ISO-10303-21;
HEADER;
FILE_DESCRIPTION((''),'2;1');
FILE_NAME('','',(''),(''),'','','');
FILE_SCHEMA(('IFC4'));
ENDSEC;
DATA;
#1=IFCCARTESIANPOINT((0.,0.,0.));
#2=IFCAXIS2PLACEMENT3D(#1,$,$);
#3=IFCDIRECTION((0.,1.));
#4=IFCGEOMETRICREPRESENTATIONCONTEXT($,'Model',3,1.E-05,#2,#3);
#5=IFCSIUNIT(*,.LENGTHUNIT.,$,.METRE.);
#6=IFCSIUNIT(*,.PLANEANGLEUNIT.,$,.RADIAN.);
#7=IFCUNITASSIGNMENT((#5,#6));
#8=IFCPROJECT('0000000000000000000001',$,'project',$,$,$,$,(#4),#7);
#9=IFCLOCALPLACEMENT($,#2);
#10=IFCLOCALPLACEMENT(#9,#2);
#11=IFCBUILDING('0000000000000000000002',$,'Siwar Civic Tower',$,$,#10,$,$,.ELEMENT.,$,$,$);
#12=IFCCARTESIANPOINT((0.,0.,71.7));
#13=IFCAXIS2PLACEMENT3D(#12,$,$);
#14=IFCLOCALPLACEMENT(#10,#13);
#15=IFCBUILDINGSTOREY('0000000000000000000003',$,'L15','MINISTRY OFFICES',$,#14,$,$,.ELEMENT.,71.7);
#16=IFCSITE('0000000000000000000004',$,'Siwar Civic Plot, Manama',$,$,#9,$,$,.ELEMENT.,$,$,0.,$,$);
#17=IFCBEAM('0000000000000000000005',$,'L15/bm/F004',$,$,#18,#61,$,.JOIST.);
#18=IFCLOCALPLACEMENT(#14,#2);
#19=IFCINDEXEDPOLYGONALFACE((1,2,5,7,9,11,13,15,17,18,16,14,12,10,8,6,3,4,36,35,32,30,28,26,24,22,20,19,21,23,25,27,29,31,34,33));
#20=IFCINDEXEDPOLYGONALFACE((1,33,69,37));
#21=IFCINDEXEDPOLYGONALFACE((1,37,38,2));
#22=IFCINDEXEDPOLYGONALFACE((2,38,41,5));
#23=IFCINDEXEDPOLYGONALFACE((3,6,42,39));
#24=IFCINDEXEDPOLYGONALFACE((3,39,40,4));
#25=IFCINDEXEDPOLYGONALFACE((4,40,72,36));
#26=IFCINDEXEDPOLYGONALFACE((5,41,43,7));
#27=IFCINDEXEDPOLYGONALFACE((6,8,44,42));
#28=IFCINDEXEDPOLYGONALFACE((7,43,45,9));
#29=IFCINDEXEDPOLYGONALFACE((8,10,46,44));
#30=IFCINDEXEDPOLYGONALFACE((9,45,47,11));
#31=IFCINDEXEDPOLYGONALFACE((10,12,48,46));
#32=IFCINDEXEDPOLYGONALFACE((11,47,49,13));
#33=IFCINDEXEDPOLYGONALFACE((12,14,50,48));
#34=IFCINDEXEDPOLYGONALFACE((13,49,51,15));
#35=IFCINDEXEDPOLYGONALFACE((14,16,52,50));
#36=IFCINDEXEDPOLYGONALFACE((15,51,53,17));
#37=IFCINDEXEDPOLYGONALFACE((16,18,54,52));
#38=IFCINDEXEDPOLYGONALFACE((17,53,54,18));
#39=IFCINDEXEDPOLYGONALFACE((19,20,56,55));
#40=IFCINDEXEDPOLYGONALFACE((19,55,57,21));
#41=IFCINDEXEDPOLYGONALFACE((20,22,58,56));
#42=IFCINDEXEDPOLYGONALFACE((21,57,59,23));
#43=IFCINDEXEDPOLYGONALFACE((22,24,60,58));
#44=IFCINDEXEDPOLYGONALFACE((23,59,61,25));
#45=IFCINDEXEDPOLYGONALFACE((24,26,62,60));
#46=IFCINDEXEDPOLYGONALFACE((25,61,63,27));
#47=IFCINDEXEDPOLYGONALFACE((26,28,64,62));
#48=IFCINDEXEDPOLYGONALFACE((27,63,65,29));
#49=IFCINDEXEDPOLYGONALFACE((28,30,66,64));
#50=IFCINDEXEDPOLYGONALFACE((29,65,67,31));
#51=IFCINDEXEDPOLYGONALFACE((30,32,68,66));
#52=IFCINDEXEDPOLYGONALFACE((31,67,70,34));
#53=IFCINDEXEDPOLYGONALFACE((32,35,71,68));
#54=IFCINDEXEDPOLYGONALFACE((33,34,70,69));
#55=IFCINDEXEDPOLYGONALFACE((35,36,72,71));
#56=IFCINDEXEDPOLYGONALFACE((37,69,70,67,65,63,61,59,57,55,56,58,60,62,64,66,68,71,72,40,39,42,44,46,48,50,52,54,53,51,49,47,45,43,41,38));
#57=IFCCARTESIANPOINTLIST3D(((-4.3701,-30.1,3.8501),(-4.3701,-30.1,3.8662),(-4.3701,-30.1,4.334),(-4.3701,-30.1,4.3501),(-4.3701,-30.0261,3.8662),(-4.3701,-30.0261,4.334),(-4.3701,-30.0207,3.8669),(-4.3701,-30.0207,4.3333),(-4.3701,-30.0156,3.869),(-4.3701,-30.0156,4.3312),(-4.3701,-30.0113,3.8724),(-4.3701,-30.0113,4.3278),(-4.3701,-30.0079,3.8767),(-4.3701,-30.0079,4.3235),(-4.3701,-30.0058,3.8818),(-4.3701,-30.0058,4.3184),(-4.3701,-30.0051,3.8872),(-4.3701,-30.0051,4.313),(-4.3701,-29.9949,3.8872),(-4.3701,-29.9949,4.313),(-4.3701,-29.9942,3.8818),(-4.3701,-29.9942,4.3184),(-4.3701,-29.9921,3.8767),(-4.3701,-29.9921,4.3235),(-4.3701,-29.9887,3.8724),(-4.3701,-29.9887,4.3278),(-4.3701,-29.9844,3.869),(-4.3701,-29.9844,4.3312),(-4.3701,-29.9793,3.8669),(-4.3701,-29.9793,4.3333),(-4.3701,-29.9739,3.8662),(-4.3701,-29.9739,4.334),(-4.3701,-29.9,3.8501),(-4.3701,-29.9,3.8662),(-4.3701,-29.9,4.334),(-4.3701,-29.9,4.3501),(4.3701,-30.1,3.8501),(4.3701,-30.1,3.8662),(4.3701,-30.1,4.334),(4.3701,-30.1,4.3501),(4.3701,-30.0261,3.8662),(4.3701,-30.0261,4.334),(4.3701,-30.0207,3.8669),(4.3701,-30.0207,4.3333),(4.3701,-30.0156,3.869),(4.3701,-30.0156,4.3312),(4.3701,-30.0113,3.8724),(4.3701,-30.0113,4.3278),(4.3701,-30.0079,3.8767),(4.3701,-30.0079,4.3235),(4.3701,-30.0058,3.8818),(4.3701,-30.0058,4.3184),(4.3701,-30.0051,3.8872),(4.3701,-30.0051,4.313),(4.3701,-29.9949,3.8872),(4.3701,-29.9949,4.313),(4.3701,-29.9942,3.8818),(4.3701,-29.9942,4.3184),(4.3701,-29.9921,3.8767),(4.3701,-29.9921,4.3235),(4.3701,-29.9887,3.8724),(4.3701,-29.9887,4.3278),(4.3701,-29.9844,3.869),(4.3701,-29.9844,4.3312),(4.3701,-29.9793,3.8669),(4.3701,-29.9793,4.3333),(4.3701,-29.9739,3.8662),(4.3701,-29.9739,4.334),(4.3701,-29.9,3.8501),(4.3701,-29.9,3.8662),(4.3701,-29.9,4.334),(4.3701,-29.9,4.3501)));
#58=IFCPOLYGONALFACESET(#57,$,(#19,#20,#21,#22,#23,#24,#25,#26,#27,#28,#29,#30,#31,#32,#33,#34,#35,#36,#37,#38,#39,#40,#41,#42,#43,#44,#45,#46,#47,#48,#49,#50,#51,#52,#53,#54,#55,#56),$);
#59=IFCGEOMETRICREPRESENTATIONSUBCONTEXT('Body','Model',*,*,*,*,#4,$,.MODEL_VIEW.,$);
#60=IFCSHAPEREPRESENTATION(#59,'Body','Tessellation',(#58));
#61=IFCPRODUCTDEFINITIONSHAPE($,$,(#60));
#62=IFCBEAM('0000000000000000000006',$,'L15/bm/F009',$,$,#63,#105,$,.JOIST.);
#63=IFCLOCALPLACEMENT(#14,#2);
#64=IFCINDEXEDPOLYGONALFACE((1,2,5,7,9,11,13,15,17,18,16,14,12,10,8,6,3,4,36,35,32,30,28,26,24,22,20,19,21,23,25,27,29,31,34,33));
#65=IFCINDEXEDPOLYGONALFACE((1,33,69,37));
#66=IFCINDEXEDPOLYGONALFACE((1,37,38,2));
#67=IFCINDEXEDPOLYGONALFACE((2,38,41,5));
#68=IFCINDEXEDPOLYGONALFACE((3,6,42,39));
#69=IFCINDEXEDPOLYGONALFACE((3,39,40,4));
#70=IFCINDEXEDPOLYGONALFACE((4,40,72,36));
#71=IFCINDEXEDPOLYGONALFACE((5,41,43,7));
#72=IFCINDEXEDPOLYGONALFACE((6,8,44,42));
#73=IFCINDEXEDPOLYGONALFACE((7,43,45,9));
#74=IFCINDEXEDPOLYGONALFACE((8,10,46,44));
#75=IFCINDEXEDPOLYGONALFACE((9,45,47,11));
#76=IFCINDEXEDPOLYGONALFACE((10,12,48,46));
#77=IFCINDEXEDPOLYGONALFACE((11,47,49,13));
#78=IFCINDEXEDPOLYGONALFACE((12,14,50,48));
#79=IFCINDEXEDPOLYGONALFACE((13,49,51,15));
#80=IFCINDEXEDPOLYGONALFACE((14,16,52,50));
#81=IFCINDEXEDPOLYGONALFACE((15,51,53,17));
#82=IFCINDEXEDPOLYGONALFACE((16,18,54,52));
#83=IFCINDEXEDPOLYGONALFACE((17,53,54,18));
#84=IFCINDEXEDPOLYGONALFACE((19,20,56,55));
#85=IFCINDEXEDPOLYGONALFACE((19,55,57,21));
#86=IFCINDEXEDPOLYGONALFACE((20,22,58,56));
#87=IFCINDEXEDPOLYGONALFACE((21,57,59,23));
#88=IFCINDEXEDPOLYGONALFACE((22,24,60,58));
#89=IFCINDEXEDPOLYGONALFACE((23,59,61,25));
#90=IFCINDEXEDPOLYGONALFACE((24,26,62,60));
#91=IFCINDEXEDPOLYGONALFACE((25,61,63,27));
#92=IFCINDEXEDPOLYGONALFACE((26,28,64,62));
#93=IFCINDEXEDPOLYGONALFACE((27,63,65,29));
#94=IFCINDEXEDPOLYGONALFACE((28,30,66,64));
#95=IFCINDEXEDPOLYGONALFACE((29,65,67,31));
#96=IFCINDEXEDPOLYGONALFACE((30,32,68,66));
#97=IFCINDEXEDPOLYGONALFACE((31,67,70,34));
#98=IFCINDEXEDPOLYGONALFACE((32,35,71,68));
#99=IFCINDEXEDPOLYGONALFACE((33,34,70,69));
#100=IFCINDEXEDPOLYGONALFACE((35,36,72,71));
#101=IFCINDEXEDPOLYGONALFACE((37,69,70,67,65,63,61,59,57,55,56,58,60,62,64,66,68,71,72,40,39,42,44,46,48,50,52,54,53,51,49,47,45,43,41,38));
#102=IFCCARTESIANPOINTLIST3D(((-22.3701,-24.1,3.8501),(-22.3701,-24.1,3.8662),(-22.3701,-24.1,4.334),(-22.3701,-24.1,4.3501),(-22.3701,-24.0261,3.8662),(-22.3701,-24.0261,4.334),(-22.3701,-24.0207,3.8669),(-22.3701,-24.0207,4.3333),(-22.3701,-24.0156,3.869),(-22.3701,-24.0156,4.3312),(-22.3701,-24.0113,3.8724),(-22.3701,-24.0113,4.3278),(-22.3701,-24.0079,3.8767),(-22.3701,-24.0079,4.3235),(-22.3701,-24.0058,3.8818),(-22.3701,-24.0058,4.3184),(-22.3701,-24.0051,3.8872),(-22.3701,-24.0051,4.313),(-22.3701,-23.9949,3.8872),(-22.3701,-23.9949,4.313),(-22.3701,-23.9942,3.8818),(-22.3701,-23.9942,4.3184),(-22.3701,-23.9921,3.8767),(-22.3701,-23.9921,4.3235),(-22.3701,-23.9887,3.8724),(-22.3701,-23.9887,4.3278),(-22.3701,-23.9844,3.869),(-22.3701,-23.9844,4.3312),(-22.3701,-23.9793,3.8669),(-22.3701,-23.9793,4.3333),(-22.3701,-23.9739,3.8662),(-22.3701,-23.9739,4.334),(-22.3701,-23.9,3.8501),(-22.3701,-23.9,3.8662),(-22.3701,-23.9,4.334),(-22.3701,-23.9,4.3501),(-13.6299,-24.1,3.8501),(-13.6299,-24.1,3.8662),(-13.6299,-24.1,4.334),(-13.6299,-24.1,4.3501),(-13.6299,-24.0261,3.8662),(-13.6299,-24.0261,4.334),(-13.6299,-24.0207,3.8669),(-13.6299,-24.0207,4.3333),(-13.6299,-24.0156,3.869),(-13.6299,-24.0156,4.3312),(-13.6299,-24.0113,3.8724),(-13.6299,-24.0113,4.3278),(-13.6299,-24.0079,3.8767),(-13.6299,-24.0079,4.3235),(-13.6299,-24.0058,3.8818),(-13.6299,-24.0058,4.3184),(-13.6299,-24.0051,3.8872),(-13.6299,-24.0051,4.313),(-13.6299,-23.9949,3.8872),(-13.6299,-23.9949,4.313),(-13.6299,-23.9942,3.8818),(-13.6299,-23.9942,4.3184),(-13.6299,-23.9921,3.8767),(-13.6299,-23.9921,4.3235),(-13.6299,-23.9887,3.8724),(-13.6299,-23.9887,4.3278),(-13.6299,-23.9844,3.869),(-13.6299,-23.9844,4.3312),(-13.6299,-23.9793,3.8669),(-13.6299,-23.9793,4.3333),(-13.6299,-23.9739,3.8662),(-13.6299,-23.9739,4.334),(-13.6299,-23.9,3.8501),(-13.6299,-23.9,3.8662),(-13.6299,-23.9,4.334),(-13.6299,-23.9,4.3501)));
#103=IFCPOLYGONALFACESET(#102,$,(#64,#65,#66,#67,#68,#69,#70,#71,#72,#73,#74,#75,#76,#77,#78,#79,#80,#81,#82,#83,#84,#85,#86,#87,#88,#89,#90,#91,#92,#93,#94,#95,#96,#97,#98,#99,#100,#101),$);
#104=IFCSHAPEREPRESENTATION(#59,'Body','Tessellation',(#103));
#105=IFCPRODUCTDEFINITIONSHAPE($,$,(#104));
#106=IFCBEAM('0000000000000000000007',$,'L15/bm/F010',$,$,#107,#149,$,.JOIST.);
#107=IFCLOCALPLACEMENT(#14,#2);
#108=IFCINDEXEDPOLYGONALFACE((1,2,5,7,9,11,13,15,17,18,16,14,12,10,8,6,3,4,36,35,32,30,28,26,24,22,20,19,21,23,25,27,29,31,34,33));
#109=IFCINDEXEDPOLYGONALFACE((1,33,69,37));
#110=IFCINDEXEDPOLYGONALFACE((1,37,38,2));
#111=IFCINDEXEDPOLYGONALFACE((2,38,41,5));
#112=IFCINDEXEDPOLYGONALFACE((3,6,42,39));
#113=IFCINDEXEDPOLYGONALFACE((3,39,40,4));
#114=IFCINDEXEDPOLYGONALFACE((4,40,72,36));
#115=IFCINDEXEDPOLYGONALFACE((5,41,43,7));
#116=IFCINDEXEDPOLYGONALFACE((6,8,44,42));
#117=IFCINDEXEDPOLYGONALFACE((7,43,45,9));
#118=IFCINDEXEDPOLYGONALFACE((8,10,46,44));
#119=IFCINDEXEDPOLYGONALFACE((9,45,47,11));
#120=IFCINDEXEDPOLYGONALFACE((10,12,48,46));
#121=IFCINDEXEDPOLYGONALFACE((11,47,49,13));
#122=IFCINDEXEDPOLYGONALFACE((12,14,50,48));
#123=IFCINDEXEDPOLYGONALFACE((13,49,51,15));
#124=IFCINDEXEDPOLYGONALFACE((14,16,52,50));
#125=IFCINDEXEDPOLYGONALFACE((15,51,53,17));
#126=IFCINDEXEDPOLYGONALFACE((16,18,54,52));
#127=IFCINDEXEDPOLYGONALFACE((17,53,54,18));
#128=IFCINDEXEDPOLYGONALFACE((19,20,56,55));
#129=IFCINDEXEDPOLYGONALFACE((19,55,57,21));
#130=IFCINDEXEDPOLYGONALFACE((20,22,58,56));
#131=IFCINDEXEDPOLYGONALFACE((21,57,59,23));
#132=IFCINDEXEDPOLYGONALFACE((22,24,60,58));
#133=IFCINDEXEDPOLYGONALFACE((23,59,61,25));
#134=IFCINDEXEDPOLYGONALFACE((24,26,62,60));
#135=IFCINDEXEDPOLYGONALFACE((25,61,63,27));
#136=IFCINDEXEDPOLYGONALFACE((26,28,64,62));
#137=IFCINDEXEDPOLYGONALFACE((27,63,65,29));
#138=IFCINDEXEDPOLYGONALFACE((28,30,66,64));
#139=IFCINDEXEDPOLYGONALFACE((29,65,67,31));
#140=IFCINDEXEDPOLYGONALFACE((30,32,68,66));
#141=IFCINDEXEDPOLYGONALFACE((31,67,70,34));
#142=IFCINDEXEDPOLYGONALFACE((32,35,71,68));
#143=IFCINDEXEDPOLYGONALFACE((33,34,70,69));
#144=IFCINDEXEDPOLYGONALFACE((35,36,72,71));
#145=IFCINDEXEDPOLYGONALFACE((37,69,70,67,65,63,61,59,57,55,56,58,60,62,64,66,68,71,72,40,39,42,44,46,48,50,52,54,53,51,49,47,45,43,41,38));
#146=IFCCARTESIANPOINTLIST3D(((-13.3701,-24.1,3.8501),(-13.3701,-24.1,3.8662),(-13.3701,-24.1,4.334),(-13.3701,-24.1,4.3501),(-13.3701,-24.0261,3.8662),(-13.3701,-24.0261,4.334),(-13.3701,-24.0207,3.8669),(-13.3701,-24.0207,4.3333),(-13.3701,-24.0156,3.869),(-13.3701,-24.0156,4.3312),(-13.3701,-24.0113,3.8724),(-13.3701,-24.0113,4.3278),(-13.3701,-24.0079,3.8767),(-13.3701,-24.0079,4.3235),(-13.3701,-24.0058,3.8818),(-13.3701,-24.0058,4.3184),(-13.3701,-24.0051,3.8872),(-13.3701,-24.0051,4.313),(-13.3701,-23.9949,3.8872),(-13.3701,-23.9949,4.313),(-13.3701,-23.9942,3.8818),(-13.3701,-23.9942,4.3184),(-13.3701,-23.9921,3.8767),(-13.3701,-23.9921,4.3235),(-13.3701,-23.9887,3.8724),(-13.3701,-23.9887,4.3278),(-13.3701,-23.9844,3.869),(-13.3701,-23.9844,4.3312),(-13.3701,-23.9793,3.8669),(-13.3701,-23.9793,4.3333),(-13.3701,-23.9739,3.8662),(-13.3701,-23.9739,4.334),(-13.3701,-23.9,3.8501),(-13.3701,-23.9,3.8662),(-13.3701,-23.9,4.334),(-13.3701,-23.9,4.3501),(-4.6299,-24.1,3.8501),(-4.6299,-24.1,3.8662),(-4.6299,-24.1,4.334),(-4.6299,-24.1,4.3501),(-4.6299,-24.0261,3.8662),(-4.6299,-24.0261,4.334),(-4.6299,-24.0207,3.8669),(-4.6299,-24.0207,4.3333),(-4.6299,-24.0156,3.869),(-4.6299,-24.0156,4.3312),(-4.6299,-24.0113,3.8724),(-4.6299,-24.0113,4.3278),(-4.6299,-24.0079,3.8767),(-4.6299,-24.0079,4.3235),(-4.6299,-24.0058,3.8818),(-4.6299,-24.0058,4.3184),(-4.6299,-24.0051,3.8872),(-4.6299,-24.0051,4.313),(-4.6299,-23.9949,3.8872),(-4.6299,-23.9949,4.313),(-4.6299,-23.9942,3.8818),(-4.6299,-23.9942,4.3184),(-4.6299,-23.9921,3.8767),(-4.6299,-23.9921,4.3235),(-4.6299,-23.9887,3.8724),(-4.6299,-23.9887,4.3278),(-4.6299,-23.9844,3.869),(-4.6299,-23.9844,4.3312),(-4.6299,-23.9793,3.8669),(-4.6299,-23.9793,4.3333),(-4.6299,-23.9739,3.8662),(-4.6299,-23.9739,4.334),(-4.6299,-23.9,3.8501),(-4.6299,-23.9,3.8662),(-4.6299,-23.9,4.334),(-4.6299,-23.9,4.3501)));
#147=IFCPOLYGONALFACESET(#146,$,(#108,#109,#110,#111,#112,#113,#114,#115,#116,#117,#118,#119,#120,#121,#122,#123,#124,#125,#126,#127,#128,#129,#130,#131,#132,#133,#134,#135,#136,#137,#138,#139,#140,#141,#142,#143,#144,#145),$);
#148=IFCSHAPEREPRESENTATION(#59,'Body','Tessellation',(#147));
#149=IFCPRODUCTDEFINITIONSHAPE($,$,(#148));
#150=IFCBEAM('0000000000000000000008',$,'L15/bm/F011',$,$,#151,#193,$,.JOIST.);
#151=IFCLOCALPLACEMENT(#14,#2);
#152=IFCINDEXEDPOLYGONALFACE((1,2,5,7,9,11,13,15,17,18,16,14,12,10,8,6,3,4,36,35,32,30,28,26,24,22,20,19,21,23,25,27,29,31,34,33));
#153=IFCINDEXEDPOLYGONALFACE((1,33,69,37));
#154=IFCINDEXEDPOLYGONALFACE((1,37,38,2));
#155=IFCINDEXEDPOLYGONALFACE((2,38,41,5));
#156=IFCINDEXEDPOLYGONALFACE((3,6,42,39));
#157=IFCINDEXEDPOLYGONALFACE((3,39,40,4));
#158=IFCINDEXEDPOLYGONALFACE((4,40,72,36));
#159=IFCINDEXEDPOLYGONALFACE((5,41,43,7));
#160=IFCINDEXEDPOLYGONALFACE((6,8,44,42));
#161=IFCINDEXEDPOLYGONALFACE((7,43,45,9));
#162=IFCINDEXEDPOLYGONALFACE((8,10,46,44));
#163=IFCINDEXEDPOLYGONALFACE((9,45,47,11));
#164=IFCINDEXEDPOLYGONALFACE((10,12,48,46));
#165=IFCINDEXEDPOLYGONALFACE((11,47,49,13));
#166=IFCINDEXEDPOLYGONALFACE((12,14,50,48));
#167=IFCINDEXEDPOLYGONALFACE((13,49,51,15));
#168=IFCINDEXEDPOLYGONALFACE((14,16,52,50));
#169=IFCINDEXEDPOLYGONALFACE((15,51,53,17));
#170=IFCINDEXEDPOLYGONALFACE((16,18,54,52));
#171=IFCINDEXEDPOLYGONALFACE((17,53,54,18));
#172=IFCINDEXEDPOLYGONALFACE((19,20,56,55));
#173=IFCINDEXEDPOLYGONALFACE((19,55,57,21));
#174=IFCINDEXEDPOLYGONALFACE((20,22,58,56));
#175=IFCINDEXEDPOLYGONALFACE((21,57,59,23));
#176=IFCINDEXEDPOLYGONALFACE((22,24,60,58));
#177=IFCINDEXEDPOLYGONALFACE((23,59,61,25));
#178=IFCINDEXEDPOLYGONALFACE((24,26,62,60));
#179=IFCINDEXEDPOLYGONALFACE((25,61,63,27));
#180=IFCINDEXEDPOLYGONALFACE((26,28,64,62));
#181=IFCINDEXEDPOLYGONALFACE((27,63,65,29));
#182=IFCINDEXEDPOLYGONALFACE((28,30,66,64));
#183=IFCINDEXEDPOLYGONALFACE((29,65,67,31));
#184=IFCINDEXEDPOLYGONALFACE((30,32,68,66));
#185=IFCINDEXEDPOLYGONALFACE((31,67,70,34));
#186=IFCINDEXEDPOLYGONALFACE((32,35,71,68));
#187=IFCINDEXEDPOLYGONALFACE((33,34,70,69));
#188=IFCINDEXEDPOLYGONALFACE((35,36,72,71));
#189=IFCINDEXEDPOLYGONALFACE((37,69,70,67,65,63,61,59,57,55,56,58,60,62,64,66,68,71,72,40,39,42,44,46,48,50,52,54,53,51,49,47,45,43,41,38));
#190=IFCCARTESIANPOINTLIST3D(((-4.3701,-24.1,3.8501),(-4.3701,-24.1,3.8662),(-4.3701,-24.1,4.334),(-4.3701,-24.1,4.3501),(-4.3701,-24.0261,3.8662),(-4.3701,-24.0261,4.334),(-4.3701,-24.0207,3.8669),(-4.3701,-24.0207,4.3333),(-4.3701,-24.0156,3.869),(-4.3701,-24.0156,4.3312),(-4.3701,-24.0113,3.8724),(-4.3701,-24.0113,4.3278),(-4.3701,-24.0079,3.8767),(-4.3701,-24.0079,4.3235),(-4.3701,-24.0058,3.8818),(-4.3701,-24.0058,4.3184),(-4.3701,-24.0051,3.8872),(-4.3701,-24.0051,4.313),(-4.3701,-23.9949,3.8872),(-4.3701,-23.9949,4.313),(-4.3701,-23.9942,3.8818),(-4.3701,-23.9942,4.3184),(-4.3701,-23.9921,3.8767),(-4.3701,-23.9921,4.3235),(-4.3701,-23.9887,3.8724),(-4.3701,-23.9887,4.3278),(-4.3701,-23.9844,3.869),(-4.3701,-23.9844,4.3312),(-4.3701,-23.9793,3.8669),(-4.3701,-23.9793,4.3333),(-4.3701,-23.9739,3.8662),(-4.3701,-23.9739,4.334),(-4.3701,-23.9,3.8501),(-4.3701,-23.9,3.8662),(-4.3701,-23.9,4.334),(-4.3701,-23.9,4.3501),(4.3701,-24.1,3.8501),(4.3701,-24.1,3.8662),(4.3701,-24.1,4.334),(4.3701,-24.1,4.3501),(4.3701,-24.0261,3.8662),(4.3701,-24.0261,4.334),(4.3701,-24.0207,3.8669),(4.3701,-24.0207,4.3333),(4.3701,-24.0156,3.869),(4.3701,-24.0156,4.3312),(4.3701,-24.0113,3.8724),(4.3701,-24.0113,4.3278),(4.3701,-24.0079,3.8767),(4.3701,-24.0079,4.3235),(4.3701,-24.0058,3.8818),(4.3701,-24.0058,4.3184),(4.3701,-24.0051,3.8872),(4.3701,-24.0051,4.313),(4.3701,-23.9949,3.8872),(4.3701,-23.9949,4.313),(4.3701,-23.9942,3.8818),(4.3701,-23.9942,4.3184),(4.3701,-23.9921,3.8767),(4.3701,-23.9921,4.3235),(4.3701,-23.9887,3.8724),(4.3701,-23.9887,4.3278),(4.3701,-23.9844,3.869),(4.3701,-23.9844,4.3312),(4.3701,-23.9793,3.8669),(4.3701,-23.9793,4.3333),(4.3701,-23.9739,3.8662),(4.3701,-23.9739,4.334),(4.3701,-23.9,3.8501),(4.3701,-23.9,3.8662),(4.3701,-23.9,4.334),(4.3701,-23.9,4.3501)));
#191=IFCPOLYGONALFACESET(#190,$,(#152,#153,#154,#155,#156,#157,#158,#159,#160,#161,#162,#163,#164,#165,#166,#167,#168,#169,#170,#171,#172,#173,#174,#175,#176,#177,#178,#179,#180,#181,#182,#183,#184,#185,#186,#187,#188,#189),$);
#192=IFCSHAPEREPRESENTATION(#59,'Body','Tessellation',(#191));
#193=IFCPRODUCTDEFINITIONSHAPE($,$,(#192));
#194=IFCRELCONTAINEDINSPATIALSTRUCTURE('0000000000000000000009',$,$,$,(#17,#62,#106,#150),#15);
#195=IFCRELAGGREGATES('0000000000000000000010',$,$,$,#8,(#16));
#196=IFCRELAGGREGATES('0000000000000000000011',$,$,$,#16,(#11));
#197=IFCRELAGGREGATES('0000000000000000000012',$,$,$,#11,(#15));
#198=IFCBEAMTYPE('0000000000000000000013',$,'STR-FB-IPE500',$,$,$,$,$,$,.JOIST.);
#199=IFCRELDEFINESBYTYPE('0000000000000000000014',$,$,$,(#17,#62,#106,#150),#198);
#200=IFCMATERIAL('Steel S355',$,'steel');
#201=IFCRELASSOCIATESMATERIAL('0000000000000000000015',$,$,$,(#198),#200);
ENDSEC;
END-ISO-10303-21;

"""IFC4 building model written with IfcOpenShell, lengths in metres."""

from ifc_helpers import new_model, si_unit, direction, frame, origin, origin_2d, place, context, subcontext, project, spatial, i_section, extrude, material, material_profile, profile_set, type_object, element, save


model = new_model("IFC4")

# Units and contexts
model_context = context("Model", 3, precision=1e-05, world=origin(), true_north=direction((0.0, 1.0)))
body_context = subcontext(model_context, "Body", "Model", "MODEL_VIEW")
ifc_project = project(units=[si_unit("LENGTHUNIT", "METRE"), si_unit("PLANEANGLEUNIT", "RADIAN")], contexts=[model_context])

# Site, building, storey
site_placement = place(None, origin())
site = spatial("IfcSite", under=ifc_project, at=site_placement, Name="Siwar Civic Plot, Manama", CompositionType="ELEMENT", RefElevation=0.0)
building_placement = place(site_placement, origin())
building = spatial("IfcBuilding", under=site, at=building_placement, Name="Siwar Civic Tower", CompositionType="ELEMENT")
storey_placement = place(building_placement, frame((0.0, 0.0, 71.7)))
storey = spatial("IfcBuildingStorey", under=building, at=storey_placement, Name="L15", Description="MINISTRY OFFICES", CompositionType="ELEMENT", Elevation=71.7)

# Beams
ifc_material_1 = material(Name="Steel S355", Category="steel")
ifc_material_profile_1 = material_profile(ifc_material_1, i_section(OverallWidth=0.2, OverallDepth=0.5, WebThickness=0.0103, FlangeThickness=0.0161, FilletRadius=0.021, at=origin_2d()), Name="IPE500")
ifc_profile_set_1 = profile_set([ifc_material_profile_1], Name="Steel S355")
beam_type_1 = type_object("IfcBeamType", Name="STR-FB-IPE500", PredefinedType="JOIST", material=ifc_profile_set_1)
for number, where, z_axis, x_axis, name in (
    (1, (-4.3701, -30.0, 4.1001), (1.0, 0.0, 0.0), (0.0, 1.0, 0.0), "L15/bm/F004"),
    (2, (-22.3701, -24.0, 4.1001), (1.0, 0.0, 0.0), (0.0, 1.0, 0.0), "L15/bm/F009"),
    (3, (-13.3701, -24.0, 4.1001), (1.0, 0.0, 0.0), (0.0, 1.0, 0.0), "L15/bm/F010"),
    (4, (-4.3701, -24.0, 4.1001), (1.0, 0.0, 0.0), (0.0, 1.0, 0.0), "L15/bm/F011"),
):
    element("IfcBeam", number, at=place(storey_placement, frame(where, z_axis=z_axis, x_axis=x_axis)), inside=storey, type_object=beam_type_1, Name=name, PredefinedType="JOIST", context=body_context, shape_type="SweptSolid", body=[
        extrude(i_section(OverallWidth=0.2, OverallDepth=0.5, WebThickness=0.0103, FlangeThickness=0.0161, FilletRadius=0.021, at=origin_2d()), origin(), (0.0, 0.0, 1.0), 8.7402),
    ])

save(model, "model.ifc")
